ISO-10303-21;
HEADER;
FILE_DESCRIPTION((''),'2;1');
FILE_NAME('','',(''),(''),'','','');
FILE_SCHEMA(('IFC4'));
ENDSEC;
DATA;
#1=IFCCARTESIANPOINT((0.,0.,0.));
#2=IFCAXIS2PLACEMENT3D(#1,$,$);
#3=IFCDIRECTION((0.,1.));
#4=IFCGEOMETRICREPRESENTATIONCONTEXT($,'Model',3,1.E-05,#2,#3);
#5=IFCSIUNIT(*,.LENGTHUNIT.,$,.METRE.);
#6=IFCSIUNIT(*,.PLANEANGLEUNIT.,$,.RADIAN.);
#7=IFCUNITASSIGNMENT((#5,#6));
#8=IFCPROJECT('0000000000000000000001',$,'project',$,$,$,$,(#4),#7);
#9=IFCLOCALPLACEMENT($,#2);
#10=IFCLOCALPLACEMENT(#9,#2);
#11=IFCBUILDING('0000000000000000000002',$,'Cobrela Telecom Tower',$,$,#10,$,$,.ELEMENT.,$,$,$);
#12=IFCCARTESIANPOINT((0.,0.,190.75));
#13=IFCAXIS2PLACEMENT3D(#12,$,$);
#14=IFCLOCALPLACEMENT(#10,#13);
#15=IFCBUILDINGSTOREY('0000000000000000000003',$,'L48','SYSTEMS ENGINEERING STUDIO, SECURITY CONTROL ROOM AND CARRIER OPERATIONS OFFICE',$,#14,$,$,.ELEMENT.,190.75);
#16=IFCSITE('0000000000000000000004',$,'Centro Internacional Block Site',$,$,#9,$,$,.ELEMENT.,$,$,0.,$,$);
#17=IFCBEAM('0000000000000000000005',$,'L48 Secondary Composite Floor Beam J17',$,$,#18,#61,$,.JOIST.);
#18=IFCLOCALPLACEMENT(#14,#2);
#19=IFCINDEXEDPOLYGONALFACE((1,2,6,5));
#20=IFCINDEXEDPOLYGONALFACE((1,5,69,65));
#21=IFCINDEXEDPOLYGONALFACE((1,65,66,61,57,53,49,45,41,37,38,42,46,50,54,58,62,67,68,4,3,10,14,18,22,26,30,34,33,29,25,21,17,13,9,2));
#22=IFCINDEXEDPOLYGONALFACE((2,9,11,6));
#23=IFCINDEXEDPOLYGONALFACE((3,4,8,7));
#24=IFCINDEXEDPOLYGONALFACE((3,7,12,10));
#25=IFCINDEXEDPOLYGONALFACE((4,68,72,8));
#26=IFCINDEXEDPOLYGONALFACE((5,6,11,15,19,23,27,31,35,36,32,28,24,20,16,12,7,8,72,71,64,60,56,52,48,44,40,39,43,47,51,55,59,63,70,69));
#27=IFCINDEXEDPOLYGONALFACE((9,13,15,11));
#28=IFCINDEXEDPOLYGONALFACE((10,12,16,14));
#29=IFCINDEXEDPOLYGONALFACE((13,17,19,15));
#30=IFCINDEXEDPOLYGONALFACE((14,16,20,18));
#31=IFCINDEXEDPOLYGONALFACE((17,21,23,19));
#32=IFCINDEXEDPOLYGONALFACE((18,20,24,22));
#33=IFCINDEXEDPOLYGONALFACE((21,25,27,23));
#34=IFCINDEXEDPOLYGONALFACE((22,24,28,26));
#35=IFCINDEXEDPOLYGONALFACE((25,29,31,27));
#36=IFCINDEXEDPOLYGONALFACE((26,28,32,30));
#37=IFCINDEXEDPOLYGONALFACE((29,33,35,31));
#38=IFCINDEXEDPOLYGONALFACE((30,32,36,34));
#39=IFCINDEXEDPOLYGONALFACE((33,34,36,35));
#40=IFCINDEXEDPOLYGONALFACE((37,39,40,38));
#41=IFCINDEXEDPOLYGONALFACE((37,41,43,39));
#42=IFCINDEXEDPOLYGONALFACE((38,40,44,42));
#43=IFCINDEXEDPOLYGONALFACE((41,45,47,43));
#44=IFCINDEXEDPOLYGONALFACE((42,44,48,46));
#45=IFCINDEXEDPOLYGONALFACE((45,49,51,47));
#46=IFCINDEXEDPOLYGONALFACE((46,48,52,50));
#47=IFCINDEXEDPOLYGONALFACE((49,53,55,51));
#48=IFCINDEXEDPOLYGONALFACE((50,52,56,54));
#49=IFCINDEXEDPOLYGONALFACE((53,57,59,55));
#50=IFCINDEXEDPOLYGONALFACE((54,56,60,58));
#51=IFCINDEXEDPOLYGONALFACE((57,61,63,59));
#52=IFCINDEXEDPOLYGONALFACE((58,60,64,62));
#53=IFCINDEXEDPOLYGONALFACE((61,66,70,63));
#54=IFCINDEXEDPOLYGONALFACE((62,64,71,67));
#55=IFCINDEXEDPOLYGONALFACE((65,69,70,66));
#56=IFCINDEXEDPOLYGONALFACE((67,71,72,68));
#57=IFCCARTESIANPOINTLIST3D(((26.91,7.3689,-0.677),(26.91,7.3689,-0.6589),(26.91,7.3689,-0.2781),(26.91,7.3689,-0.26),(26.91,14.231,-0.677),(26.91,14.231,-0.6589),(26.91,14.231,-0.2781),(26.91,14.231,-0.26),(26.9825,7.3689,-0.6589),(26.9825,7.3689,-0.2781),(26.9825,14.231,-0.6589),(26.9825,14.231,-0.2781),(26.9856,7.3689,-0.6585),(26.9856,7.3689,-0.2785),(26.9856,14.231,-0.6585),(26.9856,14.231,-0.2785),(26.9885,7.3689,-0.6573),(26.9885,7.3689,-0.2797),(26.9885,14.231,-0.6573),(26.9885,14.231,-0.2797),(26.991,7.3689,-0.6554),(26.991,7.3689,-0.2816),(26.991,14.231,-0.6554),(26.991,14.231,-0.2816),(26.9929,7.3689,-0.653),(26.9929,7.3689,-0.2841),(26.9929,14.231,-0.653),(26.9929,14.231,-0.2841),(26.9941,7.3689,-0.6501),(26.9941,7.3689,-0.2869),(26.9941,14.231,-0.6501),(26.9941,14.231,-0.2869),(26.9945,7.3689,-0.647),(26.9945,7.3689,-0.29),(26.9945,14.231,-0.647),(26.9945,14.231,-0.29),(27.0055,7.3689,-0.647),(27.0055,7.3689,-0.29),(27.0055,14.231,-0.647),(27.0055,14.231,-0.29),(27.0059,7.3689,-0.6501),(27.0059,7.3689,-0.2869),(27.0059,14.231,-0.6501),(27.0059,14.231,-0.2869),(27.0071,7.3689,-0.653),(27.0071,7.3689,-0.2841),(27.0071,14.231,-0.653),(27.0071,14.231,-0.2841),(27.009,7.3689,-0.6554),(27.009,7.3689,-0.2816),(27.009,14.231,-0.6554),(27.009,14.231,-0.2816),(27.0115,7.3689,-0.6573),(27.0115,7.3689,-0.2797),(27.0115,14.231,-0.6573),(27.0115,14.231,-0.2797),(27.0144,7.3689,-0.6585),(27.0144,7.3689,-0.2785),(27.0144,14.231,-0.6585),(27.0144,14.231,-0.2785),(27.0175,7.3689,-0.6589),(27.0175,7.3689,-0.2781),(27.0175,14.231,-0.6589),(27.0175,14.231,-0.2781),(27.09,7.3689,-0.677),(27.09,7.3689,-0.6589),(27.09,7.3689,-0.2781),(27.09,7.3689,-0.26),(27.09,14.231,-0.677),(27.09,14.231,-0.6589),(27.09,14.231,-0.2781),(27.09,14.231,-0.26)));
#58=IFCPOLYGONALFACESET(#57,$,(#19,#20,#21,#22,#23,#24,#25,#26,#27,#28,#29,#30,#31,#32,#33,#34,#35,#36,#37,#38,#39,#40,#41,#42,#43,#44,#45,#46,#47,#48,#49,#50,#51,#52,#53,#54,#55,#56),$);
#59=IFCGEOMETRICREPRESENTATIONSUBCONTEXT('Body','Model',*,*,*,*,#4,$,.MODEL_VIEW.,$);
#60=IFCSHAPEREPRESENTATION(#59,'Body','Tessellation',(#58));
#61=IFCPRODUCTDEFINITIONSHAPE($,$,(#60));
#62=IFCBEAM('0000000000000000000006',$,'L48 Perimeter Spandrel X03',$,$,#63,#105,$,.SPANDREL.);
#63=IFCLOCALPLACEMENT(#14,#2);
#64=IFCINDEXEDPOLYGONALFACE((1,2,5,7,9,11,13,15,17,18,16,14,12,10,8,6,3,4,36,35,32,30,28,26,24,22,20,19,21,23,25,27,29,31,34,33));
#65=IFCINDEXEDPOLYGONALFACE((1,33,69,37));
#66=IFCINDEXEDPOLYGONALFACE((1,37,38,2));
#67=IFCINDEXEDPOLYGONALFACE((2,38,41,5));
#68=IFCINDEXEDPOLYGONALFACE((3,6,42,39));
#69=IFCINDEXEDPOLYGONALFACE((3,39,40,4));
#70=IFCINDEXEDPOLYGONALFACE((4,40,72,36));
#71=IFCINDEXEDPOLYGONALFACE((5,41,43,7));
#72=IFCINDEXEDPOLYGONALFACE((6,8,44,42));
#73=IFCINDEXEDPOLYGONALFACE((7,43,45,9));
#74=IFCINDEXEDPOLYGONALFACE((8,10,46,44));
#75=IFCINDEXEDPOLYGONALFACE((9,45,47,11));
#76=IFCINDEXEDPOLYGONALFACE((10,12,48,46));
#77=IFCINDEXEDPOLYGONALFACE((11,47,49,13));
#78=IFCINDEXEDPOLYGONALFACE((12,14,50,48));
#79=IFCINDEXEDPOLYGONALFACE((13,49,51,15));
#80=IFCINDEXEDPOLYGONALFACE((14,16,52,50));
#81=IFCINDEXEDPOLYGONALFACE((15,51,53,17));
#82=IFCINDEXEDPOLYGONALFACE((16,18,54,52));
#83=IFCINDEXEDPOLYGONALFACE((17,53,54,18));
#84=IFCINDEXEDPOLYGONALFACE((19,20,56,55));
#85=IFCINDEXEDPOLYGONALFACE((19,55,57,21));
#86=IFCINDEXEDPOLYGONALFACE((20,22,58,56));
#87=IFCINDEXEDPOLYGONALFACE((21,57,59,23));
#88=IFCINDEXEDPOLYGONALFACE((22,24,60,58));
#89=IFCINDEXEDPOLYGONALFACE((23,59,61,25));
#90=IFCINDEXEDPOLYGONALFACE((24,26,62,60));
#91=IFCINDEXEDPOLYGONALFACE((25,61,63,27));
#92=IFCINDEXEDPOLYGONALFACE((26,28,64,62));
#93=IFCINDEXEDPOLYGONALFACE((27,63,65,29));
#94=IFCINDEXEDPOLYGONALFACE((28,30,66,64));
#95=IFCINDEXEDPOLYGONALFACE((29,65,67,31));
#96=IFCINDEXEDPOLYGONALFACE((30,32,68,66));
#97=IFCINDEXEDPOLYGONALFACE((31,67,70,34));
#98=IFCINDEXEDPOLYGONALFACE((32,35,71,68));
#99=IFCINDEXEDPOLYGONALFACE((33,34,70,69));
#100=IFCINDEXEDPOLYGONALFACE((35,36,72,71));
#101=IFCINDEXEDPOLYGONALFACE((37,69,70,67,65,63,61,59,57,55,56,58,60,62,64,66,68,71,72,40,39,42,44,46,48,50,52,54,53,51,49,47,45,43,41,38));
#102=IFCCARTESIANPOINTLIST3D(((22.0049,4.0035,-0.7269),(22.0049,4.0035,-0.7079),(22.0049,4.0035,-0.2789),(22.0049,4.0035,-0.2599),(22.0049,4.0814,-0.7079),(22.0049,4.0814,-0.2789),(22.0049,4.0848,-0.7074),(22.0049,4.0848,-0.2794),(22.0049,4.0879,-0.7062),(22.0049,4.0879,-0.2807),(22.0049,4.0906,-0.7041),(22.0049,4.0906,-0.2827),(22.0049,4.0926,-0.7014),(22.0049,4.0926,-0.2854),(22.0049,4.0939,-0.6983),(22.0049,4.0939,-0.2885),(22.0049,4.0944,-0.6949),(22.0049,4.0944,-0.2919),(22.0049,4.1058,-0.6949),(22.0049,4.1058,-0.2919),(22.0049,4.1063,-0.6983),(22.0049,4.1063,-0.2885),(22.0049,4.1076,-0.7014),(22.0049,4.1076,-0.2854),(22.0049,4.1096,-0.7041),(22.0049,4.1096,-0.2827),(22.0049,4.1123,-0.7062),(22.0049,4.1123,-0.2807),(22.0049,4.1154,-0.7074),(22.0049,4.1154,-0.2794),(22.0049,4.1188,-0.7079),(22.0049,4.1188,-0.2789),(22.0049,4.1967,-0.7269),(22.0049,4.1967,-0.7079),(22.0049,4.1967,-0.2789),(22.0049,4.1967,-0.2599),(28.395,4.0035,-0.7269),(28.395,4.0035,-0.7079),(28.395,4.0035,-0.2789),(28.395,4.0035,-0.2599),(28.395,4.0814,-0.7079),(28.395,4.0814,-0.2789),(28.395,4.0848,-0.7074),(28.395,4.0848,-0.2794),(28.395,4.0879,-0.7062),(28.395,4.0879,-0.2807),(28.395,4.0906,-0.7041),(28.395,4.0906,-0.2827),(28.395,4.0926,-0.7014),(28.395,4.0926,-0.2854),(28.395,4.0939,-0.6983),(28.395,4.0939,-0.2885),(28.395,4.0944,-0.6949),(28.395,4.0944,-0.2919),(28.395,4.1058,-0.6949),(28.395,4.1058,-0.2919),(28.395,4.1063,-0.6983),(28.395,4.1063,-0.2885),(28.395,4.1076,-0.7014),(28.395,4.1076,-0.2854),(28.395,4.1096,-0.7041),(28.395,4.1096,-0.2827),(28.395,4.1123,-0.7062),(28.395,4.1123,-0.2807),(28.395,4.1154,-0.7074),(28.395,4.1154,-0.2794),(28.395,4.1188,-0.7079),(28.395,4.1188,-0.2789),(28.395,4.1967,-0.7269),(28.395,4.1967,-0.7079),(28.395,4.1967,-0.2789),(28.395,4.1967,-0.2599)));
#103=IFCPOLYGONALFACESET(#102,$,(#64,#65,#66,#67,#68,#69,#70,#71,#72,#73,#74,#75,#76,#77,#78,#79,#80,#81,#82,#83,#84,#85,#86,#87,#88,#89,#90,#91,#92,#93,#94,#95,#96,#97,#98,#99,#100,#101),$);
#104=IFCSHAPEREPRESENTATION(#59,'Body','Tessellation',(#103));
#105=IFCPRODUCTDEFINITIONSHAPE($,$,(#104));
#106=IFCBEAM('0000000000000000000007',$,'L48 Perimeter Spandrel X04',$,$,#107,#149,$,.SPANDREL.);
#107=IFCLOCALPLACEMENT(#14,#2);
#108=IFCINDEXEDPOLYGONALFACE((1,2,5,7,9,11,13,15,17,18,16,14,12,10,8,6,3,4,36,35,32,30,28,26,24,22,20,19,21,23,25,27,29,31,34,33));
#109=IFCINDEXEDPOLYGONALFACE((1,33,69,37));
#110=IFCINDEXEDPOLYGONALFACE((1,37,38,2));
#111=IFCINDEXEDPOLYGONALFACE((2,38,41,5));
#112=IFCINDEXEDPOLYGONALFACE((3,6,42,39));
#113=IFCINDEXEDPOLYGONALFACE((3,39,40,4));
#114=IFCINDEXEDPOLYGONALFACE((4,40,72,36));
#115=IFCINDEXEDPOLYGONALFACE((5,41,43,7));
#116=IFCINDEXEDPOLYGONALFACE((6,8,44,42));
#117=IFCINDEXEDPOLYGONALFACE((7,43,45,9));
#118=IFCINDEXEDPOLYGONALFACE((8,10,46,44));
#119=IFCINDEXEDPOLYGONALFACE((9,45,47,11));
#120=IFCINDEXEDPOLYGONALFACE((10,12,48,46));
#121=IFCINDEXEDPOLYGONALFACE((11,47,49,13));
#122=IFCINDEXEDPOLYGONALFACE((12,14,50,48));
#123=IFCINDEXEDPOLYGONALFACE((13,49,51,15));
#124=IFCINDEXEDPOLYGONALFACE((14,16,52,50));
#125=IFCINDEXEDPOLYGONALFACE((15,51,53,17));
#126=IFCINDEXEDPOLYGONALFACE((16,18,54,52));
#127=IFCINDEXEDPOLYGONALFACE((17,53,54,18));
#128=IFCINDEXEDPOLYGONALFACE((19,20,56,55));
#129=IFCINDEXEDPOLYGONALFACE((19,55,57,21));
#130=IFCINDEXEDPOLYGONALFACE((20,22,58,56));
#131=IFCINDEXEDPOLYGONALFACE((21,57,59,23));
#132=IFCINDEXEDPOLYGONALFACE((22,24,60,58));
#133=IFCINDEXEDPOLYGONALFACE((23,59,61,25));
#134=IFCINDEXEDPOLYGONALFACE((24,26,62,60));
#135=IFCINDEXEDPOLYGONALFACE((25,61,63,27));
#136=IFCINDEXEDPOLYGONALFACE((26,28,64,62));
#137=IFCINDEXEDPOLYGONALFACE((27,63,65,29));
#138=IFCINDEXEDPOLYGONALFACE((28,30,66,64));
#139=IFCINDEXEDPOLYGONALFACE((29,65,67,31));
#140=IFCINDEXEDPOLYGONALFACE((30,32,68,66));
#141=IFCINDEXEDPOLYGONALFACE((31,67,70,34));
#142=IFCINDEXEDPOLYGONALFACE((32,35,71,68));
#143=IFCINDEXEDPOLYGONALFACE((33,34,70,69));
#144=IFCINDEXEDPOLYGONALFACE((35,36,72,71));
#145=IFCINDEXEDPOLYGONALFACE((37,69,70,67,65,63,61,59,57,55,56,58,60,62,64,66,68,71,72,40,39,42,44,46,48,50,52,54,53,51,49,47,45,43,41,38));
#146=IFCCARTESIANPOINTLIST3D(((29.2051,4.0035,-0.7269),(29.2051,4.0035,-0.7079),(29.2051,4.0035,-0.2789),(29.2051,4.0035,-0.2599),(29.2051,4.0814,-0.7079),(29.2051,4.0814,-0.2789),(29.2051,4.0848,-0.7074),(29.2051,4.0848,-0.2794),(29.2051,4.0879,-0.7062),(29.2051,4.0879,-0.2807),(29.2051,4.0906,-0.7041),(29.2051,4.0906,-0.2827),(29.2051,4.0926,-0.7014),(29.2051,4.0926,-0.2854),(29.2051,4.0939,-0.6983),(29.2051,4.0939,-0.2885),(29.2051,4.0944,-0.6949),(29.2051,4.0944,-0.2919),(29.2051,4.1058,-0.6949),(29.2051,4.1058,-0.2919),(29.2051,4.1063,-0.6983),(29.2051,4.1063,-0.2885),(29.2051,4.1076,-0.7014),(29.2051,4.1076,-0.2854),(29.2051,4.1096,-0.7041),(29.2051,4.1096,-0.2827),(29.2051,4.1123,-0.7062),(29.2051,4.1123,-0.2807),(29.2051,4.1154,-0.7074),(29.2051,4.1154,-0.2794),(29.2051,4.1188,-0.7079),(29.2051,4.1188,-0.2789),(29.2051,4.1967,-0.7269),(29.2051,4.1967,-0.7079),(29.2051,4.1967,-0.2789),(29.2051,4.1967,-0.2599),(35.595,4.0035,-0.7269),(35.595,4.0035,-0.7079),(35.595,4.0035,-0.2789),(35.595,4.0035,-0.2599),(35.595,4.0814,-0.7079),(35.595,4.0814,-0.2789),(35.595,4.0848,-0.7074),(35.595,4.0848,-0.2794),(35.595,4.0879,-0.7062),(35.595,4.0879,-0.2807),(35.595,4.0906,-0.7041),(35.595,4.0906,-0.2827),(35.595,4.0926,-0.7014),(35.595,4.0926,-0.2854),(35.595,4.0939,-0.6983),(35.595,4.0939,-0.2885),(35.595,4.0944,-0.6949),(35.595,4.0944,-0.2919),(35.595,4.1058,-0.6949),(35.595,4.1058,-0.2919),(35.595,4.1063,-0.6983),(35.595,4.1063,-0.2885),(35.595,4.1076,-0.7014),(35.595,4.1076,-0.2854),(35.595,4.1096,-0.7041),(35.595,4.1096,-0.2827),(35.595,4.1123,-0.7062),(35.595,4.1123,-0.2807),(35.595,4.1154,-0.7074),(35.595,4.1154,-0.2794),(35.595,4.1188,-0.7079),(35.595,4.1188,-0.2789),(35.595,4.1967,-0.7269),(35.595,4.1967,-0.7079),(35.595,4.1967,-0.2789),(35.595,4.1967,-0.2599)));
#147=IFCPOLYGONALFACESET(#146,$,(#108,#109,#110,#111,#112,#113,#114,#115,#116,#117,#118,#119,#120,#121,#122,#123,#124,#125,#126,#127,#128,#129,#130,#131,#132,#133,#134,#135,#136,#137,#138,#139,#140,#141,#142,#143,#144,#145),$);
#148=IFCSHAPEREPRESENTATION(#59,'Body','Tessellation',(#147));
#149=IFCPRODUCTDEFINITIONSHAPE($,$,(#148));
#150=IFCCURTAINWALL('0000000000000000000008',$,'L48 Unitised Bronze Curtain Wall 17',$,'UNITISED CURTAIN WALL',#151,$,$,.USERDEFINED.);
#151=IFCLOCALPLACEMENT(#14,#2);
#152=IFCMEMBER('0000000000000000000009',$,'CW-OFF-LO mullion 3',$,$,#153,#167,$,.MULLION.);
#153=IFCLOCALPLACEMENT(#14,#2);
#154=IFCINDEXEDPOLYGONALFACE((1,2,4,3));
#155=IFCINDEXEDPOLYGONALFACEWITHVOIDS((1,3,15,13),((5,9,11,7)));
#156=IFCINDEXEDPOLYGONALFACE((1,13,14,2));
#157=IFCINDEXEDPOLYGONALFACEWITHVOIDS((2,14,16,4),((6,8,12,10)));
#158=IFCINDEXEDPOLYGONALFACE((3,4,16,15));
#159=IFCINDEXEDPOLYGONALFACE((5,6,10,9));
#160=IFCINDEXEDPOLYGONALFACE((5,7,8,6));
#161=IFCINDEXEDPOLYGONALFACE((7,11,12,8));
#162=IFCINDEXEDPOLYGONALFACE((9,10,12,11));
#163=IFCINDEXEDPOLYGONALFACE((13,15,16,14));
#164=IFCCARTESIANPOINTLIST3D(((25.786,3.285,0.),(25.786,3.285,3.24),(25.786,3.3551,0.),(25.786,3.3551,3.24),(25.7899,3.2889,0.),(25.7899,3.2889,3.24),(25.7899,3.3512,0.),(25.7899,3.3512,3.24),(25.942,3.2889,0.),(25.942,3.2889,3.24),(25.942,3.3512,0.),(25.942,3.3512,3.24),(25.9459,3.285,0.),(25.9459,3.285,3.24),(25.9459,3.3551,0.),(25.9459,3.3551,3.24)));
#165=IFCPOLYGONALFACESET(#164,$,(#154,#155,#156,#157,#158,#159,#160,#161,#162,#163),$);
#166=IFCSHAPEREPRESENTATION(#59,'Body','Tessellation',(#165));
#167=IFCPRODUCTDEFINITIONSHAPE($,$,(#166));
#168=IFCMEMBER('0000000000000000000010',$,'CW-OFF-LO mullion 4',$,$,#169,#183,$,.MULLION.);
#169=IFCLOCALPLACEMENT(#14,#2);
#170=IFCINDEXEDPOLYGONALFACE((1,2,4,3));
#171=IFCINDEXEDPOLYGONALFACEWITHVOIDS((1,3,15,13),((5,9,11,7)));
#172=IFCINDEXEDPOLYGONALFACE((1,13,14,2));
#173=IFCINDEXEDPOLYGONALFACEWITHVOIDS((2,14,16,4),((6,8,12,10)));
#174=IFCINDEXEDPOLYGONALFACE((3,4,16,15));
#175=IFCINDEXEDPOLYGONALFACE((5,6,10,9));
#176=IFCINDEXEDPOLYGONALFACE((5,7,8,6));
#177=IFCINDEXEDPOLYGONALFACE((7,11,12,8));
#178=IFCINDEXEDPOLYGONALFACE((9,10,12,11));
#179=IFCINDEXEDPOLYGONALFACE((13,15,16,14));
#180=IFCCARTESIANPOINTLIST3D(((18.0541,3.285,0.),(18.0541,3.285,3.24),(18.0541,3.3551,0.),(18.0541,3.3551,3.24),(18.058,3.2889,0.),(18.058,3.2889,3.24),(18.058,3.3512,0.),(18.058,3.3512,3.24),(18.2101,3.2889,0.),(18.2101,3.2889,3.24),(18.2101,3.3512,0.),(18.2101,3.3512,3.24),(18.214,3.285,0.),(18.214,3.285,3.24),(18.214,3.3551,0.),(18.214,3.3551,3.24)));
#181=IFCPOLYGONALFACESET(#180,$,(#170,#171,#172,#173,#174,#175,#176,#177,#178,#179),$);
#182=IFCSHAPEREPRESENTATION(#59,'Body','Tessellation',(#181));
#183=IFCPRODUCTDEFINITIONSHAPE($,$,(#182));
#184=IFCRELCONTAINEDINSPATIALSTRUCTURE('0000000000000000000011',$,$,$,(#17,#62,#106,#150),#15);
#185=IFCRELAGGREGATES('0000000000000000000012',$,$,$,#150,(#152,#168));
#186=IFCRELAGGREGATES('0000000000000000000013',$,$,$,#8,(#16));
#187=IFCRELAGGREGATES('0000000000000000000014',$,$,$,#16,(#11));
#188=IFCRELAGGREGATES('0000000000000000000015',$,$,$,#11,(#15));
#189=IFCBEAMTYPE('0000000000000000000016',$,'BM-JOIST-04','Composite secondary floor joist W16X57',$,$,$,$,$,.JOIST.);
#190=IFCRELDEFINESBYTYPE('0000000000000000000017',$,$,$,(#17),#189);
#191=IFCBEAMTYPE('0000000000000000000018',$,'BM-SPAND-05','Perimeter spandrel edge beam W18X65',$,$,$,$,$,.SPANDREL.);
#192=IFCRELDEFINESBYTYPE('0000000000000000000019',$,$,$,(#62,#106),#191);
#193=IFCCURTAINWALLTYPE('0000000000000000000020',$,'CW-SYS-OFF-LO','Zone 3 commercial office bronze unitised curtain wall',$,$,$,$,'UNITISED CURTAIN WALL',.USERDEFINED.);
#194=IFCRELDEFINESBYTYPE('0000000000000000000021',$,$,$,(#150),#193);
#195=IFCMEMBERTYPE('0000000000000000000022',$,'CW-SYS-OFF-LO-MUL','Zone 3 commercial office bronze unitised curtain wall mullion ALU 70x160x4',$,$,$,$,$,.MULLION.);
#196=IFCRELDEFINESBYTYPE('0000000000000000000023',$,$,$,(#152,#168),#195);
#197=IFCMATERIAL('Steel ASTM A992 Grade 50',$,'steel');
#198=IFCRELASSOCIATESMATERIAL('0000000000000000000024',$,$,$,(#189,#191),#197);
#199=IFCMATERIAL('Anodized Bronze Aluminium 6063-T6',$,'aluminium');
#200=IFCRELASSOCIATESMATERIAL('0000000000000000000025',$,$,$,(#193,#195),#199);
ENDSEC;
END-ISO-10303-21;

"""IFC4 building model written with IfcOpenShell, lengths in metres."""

from ifc_helpers import new_model, si_unit, direction, frame, origin, origin_2d, place, context, subcontext, project, spatial, hollow_rectangle, i_section, extrude, material, material_profile, profile_set, type_object, element, aggregate, save


model = new_model("IFC4")

# Units and contexts
model_context = context("Model", 3, precision=1e-05, world=origin(), true_north=direction((0.0, 1.0)))
body_context = subcontext(model_context, "Body", "Model", "MODEL_VIEW")
ifc_project = project(units=[si_unit("LENGTHUNIT", "METRE"), si_unit("PLANEANGLEUNIT", "RADIAN")], contexts=[model_context])

# Site, building, storey
site_placement = place(None, origin())
site = spatial("IfcSite", under=ifc_project, at=site_placement, Name="Centro Internacional Block Site", CompositionType="ELEMENT", RefElevation=0.0)
building_placement = place(site_placement, origin())
building = spatial("IfcBuilding", under=site, at=building_placement, Name="Cobrela Telecom Tower", CompositionType="ELEMENT")
storey_placement = place(building_placement, frame((0.0, 0.0, 190.75)))
storey = spatial("IfcBuildingStorey", under=building, at=storey_placement, Name="L48", Description="SYSTEMS ENGINEERING STUDIO, SECURITY CONTROL ROOM AND CARRIER OPERATIONS OFFICE", CompositionType="ELEMENT", Elevation=190.75)

# Shared definitions
ifc_material_1 = material(Name="Steel ASTM A992 Grade 50", Category="steel")

# Beams
ifc_material_profile_1 = material_profile(ifc_material_1, i_section(OverallWidth=0.1799, OverallDepth=0.417, WebThickness=0.011, FlangeThickness=0.0181, FilletRadius=0.012, at=origin_2d()), Name="W16X57")
ifc_profile_set_1 = profile_set([ifc_material_profile_1], Name="Steel ASTM A992 Grade 50")
beam_type_1 = type_object("IfcBeamType", Name="BM-JOIST-04", Description="Composite secondary floor joist W16X57", PredefinedType="JOIST", material=ifc_profile_set_1)
for number, where, z_axis, x_axis, name in (
    (1, (27.0, 7.3689, -0.4685), (0.0, 1.0, 0.0), (-1.0, 0.0, 0.0), "L48 Secondary Composite Floor Beam J17"),
):
    element("IfcBeam", number, at=place(storey_placement, frame(where, z_axis=z_axis, x_axis=x_axis)), inside=storey, type_object=beam_type_1, Name=name, PredefinedType="JOIST", context=body_context, shape_type="SweptSolid", body=[
        extrude(i_section(OverallWidth=0.1799, OverallDepth=0.417, WebThickness=0.011, FlangeThickness=0.0181, FilletRadius=0.012, at=origin_2d()), origin(), (0.0, 0.0, 1.0), 6.8621),
    ])
ifc_material_profile_2 = material_profile(ifc_material_1, i_section(OverallWidth=0.1931, OverallDepth=0.467, WebThickness=0.0115, FlangeThickness=0.019, FilletRadius=0.0129, at=origin_2d()), Name="W18X65")
ifc_profile_set_2 = profile_set([ifc_material_profile_2], Name="Steel ASTM A992 Grade 50")
beam_type_2 = type_object("IfcBeamType", Name="BM-SPAND-05", Description="Perimeter spandrel edge beam W18X65", PredefinedType="SPANDREL", material=ifc_profile_set_2)
beam_1_placement = place(storey_placement, frame((22.0049, 4.1001, -0.4934), z_axis=(1.0, 0.0, 0.0), x_axis=(0.0, 1.0, 0.0)))
element("IfcBeam", 2, at=beam_1_placement, inside=storey, type_object=beam_type_2, Name="L48 Perimeter Spandrel X03", PredefinedType="SPANDREL", context=body_context, shape_type="SweptSolid", body=[
    extrude(i_section(OverallWidth=0.1931, OverallDepth=0.467, WebThickness=0.0115, FlangeThickness=0.019, FilletRadius=0.0129, at=origin_2d()), origin(), (0.0, 0.0, 1.0), 6.3901),
])
beam_2_placement = place(storey_placement, frame((29.2051, 4.1001, -0.4934), z_axis=(1.0, 0.0, 0.0), x_axis=(0.0, 1.0, 0.0)))
element("IfcBeam", 3, at=beam_2_placement, inside=storey, type_object=beam_type_2, Name="L48 Perimeter Spandrel X04", PredefinedType="SPANDREL", context=body_context, shape_type="SweptSolid", body=[
    extrude(i_section(OverallWidth=0.1931, OverallDepth=0.467, WebThickness=0.0115, FlangeThickness=0.019, FilletRadius=0.0129, at=origin_2d()), origin(), (0.0, 0.0, 1.0), 6.3899),
])

# Curtain wall, members
ifc_material_2 = material(Name="Anodized Bronze Aluminium 6063-T6", Category="aluminium")
curtain_wall_type = type_object("IfcCurtainWallType", Name="CW-SYS-OFF-LO", Description="Zone 3 commercial office bronze unitised curtain wall", ElementType="UNITISED CURTAIN WALL", PredefinedType="USERDEFINED", material=ifc_material_2)
curtain_wall_placement = place(storey_placement, origin())
curtain_wall = element("IfcCurtainWall", 4, at=curtain_wall_placement, inside=storey, type_object=curtain_wall_type, Name="L48 Unitised Bronze Curtain Wall 17", ObjectType="UNITISED CURTAIN WALL", PredefinedType="USERDEFINED")
ifc_material_profile_3 = material_profile(ifc_material_2, hollow_rectangle(XDim=0.0701, YDim=0.1599, WallThickness=0.0039, at=origin_2d()), Name="ALU 70x160x4")
ifc_profile_set_3 = profile_set([ifc_material_profile_3], Name="Anodized Bronze Aluminium 6063-T6")
member_type_1 = type_object("IfcMemberType", Name="CW-SYS-OFF-LO-MUL", Description="Zone 3 commercial office bronze unitised curtain wall mullion ALU 70x160x4", PredefinedType="MULLION", material=ifc_profile_set_3)
member_1_placement = place(storey_placement, frame((25.866, 3.3201, 0.0), z_axis=(0.0, 0.0, 1.0), x_axis=(0.0, -1.0, 0.0)))
member_1 = element("IfcMember", 5, at=member_1_placement, type_object=member_type_1, Name="CW-OFF-LO mullion 3", PredefinedType="MULLION", context=body_context, shape_type="SweptSolid", body=[
    extrude(hollow_rectangle(XDim=0.0701, YDim=0.1599, WallThickness=0.0039, at=origin_2d()), origin(), (0.0, 0.0, 1.0), 3.24),
])
member_2_placement = place(storey_placement, frame((18.134, 3.3201, 0.0), z_axis=(0.0, 0.0, 1.0), x_axis=(0.0, -1.0, 0.0)))
member_2 = element("IfcMember", 6, at=member_2_placement, type_object=member_type_1, Name="CW-OFF-LO mullion 4", PredefinedType="MULLION", context=body_context, shape_type="SweptSolid", body=[
    extrude(hollow_rectangle(XDim=0.0701, YDim=0.1599, WallThickness=0.0039, at=origin_2d()), origin(), (0.0, 0.0, 1.0), 3.24),
])
aggregate(curtain_wall, [member_1, member_2])

save(model, "model.ifc")
